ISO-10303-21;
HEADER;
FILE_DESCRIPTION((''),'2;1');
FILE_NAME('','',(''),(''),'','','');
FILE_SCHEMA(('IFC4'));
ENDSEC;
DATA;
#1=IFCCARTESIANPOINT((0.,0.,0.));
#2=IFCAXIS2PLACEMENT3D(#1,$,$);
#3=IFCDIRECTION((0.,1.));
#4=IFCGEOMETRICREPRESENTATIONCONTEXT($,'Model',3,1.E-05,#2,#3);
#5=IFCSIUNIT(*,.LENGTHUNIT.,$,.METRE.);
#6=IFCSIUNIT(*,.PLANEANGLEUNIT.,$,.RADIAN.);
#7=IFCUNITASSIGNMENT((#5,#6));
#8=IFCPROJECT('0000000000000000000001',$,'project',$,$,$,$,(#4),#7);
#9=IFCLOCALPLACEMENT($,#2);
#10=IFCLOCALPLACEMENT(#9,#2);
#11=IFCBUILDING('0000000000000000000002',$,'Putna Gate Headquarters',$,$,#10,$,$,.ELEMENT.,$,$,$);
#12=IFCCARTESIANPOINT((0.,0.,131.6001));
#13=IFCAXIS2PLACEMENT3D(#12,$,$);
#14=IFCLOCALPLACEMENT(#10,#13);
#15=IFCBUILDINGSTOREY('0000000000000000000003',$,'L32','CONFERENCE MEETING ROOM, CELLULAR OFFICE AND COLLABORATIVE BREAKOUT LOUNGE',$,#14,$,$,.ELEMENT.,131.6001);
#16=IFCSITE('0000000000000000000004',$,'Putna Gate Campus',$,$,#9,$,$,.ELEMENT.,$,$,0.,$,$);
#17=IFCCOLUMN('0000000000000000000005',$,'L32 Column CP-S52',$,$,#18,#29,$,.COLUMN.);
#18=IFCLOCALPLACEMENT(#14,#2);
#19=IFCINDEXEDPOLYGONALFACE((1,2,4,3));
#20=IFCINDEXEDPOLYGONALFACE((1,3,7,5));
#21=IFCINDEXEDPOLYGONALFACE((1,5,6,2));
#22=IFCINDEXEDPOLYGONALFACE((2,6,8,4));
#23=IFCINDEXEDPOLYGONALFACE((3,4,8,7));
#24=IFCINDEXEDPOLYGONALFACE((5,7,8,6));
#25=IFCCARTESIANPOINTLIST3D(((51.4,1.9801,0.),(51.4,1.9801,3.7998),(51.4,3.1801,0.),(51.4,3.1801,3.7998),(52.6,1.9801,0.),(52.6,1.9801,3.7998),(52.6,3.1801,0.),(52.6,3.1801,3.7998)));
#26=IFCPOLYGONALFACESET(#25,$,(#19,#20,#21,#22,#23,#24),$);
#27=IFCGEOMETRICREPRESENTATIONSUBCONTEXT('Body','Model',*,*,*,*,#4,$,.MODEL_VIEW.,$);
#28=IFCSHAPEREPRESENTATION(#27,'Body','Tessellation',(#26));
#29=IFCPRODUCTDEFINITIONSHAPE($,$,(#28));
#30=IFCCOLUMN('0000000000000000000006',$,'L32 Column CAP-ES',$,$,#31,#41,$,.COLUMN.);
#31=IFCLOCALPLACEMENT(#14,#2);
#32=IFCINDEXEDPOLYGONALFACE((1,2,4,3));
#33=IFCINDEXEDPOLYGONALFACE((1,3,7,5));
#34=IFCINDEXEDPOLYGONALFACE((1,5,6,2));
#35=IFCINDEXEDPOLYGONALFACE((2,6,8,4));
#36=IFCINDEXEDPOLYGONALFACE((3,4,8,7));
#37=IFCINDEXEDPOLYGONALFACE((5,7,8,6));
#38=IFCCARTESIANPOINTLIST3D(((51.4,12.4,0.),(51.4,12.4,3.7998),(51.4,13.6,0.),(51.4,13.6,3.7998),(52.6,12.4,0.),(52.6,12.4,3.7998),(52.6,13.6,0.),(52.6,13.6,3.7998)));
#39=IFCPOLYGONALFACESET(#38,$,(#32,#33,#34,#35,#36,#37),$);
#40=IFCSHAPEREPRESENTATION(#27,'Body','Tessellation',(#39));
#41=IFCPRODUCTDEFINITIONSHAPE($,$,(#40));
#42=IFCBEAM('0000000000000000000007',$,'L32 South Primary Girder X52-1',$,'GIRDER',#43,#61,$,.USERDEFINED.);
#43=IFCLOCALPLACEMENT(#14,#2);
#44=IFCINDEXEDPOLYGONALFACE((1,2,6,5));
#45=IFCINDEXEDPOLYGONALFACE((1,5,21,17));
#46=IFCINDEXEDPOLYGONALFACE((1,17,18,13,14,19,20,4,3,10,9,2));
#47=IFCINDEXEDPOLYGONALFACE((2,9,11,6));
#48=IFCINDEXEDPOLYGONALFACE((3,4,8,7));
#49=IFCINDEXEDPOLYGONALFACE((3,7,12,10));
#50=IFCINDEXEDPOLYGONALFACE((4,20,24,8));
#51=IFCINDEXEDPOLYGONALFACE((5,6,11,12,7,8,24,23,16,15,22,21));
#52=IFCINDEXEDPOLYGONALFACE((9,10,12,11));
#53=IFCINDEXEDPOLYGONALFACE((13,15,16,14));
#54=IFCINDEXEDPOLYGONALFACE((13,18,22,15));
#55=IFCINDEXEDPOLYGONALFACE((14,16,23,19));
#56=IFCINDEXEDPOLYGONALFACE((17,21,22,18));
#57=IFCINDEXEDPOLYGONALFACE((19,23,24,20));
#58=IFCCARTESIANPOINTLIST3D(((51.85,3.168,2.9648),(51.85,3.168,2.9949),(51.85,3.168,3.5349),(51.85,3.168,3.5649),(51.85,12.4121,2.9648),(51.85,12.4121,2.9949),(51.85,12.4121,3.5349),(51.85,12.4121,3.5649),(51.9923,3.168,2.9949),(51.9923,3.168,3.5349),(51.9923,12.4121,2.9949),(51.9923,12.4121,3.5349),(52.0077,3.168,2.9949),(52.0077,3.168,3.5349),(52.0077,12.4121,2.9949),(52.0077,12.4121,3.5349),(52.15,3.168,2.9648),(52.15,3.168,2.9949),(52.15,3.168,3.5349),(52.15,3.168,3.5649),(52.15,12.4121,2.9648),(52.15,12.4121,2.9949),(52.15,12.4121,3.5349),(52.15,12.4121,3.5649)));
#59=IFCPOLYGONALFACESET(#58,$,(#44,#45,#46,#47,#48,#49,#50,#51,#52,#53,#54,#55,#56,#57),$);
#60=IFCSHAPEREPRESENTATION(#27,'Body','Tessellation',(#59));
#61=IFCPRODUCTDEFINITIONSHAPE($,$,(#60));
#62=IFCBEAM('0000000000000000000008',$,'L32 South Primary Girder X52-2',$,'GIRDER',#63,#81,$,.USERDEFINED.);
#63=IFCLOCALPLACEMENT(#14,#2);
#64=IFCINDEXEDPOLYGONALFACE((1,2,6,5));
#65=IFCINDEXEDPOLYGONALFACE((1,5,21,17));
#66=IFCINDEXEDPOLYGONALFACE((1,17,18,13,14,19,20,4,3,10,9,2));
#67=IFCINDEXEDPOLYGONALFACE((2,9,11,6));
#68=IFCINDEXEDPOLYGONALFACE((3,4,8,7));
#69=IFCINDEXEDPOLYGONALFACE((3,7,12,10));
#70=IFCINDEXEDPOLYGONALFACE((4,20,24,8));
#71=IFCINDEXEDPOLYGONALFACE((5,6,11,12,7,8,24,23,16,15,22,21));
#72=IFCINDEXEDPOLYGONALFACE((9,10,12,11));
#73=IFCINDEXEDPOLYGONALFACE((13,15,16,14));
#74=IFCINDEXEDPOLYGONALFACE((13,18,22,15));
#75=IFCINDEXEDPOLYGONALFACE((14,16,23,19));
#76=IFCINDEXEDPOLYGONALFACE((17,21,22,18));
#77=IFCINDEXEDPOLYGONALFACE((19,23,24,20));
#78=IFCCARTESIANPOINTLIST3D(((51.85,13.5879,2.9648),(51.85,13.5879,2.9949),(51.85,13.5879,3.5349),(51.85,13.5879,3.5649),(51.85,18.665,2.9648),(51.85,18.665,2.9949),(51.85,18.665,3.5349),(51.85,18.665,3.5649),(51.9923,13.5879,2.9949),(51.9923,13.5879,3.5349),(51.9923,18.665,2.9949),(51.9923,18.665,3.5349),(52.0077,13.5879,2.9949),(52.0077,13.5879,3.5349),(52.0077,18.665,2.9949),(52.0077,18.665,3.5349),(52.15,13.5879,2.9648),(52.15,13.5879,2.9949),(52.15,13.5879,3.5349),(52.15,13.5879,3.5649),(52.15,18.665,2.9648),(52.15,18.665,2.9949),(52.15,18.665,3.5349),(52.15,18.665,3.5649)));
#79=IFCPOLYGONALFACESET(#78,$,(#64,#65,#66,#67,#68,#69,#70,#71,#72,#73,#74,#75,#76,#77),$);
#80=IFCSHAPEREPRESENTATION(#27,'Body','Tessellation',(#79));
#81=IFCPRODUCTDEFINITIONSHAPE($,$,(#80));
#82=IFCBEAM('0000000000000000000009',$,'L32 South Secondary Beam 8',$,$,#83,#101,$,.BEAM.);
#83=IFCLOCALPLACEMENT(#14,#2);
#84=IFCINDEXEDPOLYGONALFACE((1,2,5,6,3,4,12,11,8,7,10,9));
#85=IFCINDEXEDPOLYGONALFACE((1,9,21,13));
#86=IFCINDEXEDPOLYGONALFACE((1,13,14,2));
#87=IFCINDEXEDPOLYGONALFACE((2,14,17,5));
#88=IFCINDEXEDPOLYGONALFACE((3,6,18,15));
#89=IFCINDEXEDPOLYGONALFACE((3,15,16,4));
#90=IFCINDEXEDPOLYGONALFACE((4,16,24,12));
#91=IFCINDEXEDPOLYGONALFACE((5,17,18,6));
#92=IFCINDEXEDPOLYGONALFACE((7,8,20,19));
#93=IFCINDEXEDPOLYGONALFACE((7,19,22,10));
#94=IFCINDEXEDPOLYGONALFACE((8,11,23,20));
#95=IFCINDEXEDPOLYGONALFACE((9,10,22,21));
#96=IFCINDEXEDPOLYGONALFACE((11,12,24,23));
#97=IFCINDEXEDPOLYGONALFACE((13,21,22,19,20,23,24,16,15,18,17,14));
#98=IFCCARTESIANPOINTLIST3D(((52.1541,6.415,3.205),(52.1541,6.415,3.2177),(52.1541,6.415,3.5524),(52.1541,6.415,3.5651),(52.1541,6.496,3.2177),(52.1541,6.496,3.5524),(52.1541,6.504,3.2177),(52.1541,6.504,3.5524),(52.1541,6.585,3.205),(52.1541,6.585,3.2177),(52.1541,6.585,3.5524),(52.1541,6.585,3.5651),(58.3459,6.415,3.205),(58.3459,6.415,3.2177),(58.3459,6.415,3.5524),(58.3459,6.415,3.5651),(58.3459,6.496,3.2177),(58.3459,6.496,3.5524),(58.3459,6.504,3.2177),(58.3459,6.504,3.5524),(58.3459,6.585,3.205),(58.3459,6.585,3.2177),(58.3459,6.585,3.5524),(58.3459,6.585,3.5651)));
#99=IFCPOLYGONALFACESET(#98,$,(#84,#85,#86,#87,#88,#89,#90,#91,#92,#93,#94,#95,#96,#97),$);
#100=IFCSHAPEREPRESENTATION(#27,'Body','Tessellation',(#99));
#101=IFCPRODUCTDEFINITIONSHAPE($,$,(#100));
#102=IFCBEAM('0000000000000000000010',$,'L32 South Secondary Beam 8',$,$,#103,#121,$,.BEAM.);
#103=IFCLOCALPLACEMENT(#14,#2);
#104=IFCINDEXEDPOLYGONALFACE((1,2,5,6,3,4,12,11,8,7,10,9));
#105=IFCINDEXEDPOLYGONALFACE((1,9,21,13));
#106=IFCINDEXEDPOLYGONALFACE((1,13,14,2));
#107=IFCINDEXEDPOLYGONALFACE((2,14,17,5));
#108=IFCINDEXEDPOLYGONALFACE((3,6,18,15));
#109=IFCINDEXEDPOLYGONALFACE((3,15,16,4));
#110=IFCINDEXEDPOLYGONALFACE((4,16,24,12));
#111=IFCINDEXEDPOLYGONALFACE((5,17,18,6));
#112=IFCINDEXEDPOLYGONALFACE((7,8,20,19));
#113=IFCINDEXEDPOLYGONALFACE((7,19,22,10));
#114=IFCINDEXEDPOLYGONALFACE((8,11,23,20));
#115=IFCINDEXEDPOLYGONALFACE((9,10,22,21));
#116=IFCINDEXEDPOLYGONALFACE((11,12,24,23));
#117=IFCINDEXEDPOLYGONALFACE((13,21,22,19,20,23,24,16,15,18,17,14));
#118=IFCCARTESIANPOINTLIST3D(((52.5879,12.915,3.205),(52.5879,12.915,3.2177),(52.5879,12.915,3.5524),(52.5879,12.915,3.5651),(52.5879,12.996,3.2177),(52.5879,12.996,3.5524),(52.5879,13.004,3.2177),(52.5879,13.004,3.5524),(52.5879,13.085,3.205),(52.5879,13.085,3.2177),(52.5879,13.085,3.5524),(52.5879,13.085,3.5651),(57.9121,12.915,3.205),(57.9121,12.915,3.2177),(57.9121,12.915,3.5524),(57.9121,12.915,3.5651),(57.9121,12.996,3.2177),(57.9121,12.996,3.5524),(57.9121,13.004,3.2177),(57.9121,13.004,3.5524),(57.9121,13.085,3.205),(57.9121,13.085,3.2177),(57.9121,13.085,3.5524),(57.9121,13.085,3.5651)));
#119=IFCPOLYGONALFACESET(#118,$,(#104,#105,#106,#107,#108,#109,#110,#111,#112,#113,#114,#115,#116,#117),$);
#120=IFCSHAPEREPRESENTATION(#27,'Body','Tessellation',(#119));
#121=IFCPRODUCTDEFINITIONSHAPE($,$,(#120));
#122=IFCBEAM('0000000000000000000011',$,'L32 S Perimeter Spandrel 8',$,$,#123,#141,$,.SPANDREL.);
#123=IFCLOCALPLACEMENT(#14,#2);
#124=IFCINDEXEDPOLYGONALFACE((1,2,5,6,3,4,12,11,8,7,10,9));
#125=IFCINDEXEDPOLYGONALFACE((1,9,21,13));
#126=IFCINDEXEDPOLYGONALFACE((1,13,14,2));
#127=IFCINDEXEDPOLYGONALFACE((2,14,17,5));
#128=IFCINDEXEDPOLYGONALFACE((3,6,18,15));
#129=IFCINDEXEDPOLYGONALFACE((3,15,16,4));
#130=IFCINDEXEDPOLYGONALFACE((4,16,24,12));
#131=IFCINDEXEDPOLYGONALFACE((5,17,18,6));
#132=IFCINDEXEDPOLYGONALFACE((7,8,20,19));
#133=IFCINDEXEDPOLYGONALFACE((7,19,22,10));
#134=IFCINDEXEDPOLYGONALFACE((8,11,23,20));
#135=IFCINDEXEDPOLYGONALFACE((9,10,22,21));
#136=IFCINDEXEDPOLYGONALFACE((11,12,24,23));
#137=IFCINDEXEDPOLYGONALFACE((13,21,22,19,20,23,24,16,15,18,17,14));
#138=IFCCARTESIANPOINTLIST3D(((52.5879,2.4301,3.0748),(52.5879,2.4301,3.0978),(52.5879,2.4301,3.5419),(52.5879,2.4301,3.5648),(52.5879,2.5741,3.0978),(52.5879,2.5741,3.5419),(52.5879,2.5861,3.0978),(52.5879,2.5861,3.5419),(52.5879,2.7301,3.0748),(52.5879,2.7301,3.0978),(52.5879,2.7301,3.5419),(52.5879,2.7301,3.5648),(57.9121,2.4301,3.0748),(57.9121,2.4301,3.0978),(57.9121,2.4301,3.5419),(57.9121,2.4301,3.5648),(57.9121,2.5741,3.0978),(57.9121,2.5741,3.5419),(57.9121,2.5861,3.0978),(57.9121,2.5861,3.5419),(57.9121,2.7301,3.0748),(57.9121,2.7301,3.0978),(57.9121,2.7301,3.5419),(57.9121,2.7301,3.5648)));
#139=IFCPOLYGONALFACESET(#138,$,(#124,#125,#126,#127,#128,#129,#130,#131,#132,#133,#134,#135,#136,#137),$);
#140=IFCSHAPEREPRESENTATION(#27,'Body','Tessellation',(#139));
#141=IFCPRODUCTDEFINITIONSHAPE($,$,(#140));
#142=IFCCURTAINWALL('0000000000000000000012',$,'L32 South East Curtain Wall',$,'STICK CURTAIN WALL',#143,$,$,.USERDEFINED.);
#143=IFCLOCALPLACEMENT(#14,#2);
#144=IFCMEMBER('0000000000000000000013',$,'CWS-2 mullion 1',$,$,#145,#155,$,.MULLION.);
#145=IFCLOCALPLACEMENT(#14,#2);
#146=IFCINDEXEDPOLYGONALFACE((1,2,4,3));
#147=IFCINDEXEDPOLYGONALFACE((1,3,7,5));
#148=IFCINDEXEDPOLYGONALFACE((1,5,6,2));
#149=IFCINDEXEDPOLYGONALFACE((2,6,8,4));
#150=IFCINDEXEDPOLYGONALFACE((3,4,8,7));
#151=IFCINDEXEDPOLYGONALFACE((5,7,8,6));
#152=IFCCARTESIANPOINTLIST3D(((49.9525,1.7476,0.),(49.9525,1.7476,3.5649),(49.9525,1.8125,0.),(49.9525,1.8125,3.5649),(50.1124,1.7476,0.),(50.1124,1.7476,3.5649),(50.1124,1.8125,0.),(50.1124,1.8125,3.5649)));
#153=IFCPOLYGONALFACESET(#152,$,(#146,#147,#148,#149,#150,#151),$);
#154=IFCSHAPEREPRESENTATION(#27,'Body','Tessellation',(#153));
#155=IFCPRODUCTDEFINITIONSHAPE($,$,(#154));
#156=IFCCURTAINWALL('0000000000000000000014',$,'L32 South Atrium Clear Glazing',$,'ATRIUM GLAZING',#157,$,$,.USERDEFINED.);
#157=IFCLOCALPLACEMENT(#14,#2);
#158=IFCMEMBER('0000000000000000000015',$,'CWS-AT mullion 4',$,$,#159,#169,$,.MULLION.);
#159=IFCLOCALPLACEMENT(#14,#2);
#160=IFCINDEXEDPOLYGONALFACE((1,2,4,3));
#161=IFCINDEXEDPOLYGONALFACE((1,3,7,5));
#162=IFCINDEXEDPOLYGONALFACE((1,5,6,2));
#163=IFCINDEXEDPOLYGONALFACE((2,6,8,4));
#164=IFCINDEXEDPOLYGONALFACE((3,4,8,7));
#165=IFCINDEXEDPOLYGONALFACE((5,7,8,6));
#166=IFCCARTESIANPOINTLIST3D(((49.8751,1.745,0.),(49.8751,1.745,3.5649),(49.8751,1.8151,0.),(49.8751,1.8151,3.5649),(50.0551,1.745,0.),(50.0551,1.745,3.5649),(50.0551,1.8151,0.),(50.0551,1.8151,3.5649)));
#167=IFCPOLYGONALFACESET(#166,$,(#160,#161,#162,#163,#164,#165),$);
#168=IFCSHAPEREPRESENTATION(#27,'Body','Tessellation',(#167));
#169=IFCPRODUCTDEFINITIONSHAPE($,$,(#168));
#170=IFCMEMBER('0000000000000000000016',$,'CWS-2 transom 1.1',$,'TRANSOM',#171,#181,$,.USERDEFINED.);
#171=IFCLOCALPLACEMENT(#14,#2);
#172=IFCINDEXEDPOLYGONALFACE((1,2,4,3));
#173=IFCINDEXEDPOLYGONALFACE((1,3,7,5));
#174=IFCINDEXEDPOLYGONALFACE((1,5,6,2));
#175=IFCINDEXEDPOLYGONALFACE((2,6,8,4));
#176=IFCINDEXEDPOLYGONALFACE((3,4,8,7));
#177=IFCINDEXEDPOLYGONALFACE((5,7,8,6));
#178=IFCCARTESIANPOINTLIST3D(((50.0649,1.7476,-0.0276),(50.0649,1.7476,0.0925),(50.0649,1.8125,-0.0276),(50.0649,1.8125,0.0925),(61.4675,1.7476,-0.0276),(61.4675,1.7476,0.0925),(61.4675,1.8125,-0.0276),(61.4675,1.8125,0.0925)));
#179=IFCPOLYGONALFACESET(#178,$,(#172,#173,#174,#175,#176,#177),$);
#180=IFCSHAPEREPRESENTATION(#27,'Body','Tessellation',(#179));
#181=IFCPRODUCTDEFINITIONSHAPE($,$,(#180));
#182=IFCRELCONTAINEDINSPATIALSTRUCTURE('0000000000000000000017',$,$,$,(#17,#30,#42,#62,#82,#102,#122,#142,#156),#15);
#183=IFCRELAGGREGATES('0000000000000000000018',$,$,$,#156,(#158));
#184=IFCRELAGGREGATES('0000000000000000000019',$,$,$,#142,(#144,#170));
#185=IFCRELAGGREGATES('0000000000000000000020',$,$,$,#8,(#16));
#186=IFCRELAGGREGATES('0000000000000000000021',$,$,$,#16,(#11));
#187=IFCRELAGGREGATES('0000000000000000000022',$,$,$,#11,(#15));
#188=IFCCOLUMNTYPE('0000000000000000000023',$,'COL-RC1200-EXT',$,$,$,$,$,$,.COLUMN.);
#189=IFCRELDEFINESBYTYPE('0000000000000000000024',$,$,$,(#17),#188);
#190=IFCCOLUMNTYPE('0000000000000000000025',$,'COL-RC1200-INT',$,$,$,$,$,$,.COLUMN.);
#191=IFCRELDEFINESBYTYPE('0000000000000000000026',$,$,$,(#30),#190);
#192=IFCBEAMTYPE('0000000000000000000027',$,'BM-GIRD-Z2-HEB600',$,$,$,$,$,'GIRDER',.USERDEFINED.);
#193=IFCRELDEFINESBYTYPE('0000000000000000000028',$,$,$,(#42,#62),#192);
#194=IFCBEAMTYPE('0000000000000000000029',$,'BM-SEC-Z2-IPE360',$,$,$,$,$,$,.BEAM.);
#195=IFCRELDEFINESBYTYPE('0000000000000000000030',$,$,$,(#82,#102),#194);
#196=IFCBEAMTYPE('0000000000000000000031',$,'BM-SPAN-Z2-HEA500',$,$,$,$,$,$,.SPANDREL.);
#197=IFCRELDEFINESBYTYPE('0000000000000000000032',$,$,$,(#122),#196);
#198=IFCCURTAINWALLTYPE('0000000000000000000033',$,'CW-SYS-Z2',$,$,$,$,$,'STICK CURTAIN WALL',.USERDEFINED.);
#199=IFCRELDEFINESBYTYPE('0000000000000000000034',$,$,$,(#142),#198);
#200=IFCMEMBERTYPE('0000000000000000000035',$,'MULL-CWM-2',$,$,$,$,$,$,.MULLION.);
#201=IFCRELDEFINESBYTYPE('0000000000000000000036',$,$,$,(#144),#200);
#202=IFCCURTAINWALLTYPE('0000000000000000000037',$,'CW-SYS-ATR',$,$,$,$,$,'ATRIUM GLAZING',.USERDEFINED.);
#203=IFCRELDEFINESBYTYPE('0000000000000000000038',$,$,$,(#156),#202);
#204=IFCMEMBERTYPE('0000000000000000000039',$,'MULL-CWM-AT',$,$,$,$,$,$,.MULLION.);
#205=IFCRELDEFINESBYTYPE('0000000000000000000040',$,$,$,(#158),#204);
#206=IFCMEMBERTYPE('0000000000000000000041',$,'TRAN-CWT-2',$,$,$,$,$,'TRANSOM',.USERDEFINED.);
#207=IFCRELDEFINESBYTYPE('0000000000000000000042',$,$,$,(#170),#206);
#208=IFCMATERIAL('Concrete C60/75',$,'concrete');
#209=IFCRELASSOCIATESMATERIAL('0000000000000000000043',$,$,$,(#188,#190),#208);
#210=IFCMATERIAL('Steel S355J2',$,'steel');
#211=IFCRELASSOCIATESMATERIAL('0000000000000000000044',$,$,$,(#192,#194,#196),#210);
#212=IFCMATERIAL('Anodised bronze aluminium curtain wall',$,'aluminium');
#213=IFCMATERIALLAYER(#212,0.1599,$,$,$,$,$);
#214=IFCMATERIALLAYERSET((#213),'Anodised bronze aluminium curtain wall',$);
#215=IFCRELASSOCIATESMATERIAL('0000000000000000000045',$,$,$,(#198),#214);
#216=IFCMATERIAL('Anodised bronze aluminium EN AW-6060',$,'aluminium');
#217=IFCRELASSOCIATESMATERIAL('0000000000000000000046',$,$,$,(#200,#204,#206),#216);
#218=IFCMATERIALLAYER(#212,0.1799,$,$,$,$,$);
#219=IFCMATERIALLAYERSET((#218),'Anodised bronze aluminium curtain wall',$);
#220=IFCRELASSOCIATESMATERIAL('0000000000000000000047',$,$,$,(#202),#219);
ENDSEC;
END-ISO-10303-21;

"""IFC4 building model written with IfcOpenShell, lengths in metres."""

from ifc_helpers import new_model, si_unit, direction, frame, origin, origin_2d, place, context, subcontext, project, spatial, rectangle, i_section, extrude, material, layer, layer_set, material_profile, profile_set, type_object, element, aggregate, save


model = new_model("IFC4")

# Units and contexts
model_context = context("Model", 3, precision=1e-05, world=origin(), true_north=direction((0.0, 1.0)))
body_context = subcontext(model_context, "Body", "Model", "MODEL_VIEW")
ifc_project = project(units=[si_unit("LENGTHUNIT", "METRE"), si_unit("PLANEANGLEUNIT", "RADIAN")], contexts=[model_context])

# Site, building, storey
site_placement = place(None, origin())
site = spatial("IfcSite", under=ifc_project, at=site_placement, Name="Putna Gate Campus", CompositionType="ELEMENT", RefElevation=0.0)
building_placement = place(site_placement, origin())
building = spatial("IfcBuilding", under=site, at=building_placement, Name="Putna Gate Headquarters", CompositionType="ELEMENT")
storey_placement = place(building_placement, frame((0.0, 0.0, 131.6001)))
storey = spatial("IfcBuildingStorey", under=building, at=storey_placement, Name="L32", Description="CONFERENCE MEETING ROOM, CELLULAR OFFICE AND COLLABORATIVE BREAKOUT LOUNGE", CompositionType="ELEMENT", Elevation=131.6001)

# Columns
ifc_material_1 = material(Name="Concrete C60/75", Category="concrete")
ifc_material_profile_1 = material_profile(ifc_material_1, rectangle(XDim=1.2, YDim=1.2, at=origin_2d()), Name="Concrete C60/75")
ifc_profile_set_1 = profile_set([ifc_material_profile_1], Name="Concrete C60/75")
column_type_1 = type_object("IfcColumnType", Name="COL-RC1200-EXT", PredefinedType="COLUMN", material=ifc_profile_set_1)
column_1_placement = place(storey_placement, frame((52.0, 2.5801, 0.0), z_axis=(0.0, 0.0, 1.0), x_axis=(1.0, 0.0, 0.0)))
element("IfcColumn", 1, at=column_1_placement, inside=storey, type_object=column_type_1, Name="L32 Column CP-S52", PredefinedType="COLUMN", context=body_context, shape_type="SweptSolid", body=[
    extrude(rectangle(XDim=1.2, YDim=1.2, at=origin_2d()), origin(), (0.0, 0.0, 1.0), 3.7998),
])
ifc_material_profile_2 = material_profile(ifc_material_1, rectangle(XDim=1.2, YDim=1.2, at=origin_2d()), Name="Concrete C60/75")
ifc_profile_set_2 = profile_set([ifc_material_profile_2], Name="Concrete C60/75")
column_type_2 = type_object("IfcColumnType", Name="COL-RC1200-INT", PredefinedType="COLUMN", material=ifc_profile_set_2)
column_2_placement = place(storey_placement, frame((52.0, 13.0, 0.0), z_axis=(0.0, 0.0, 1.0), x_axis=(1.0, 0.0, 0.0)))
element("IfcColumn", 2, at=column_2_placement, inside=storey, type_object=column_type_2, Name="L32 Column CAP-ES", PredefinedType="COLUMN", context=body_context, shape_type="SweptSolid", body=[
    extrude(rectangle(XDim=1.2, YDim=1.2, at=origin_2d()), origin(), (0.0, 0.0, 1.0), 3.7998),
])

# Beams
ifc_material_2 = material(Name="Steel S355J2", Category="steel")
ifc_material_profile_3 = material_profile(ifc_material_2, i_section(OverallWidth=0.3, OverallDepth=0.6001, WebThickness=0.0154, FlangeThickness=0.03, at=origin_2d()), Name="Steel S355J2")
ifc_profile_set_3 = profile_set([ifc_material_profile_3], Name="Steel S355J2")
beam_type_1 = type_object("IfcBeamType", Name="BM-GIRD-Z2-HEB600", ElementType="GIRDER", PredefinedType="USERDEFINED", material=ifc_profile_set_3)
beam_1_placement = place(storey_placement, frame((52.0, 3.168, 3.2649), z_axis=(0.0, 1.0, 0.0), x_axis=(-1.0, 0.0, 0.0)))
element("IfcBeam", 3, at=beam_1_placement, inside=storey, type_object=beam_type_1, Name="L32 South Primary Girder X52-1", ObjectType="GIRDER", PredefinedType="USERDEFINED", context=body_context, shape_type="SweptSolid", body=[
    extrude(i_section(OverallWidth=0.3, OverallDepth=0.6001, WebThickness=0.0154, FlangeThickness=0.03, at=origin_2d()), origin(), (0.0, 0.0, 1.0), 9.2441),
])
beam_2_placement = place(storey_placement, frame((52.0, 13.5879, 3.2649), z_axis=(0.0, 1.0, 0.0), x_axis=(-1.0, 0.0, 0.0)))
element("IfcBeam", 4, at=beam_2_placement, inside=storey, type_object=beam_type_1, Name="L32 South Primary Girder X52-2", ObjectType="GIRDER", PredefinedType="USERDEFINED", context=body_context, shape_type="SweptSolid", body=[
    extrude(i_section(OverallWidth=0.3, OverallDepth=0.6001, WebThickness=0.0154, FlangeThickness=0.03, at=origin_2d()), origin(), (0.0, 0.0, 1.0), 5.0771),
])
ifc_material_profile_4 = material_profile(ifc_material_2, i_section(OverallWidth=0.1699, OverallDepth=0.3601, WebThickness=0.0081, FlangeThickness=0.0127, at=origin_2d()), Name="Steel S355J2")
ifc_profile_set_4 = profile_set([ifc_material_profile_4], Name="Steel S355J2")
beam_type_2 = type_object("IfcBeamType", Name="BM-SEC-Z2-IPE360", PredefinedType="BEAM", material=ifc_profile_set_4)
beam_3_placement = place(storey_placement, frame((52.1541, 6.5, 3.385), z_axis=(1.0, 0.0, 0.0), x_axis=(0.0, 1.0, 0.0)))
element("IfcBeam", 5, at=beam_3_placement, inside=storey, type_object=beam_type_2, Name="L32 South Secondary Beam 8", PredefinedType="BEAM", context=body_context, shape_type="SweptSolid", body=[
    extrude(i_section(OverallWidth=0.1699, OverallDepth=0.3601, WebThickness=0.0081, FlangeThickness=0.0127, at=origin_2d()), origin(), (0.0, 0.0, 1.0), 6.1919),
])
beam_4_placement = place(storey_placement, frame((52.5879, 13.0, 3.385), z_axis=(1.0, 0.0, 0.0), x_axis=(0.0, 1.0, 0.0)))
element("IfcBeam", 6, at=beam_4_placement, inside=storey, type_object=beam_type_2, Name="L32 South Secondary Beam 8", PredefinedType="BEAM", context=body_context, shape_type="SweptSolid", body=[
    extrude(i_section(OverallWidth=0.1699, OverallDepth=0.3601, WebThickness=0.0081, FlangeThickness=0.0127, at=origin_2d()), origin(), (0.0, 0.0, 1.0), 5.3242),
])
ifc_material_profile_5 = material_profile(ifc_material_2, i_section(OverallWidth=0.3, OverallDepth=0.49, WebThickness=0.012, FlangeThickness=0.0229, at=origin_2d()), Name="Steel S355J2")
ifc_profile_set_5 = profile_set([ifc_material_profile_5], Name="Steel S355J2")
beam_type_3 = type_object("IfcBeamType", Name="BM-SPAN-Z2-HEA500", PredefinedType="SPANDREL", material=ifc_profile_set_5)
beam_5_placement = place(storey_placement, frame((52.5879, 2.5801, 3.3198), z_axis=(1.0, 0.0, 0.0), x_axis=(0.0, 1.0, 0.0)))
element("IfcBeam", 7, at=beam_5_placement, inside=storey, type_object=beam_type_3, Name="L32 S Perimeter Spandrel 8", PredefinedType="SPANDREL", context=body_context, shape_type="SweptSolid", body=[
    extrude(i_section(OverallWidth=0.3, OverallDepth=0.49, WebThickness=0.012, FlangeThickness=0.0229, at=origin_2d()), origin(), (0.0, 0.0, 1.0), 5.3242),
])

# Curtain walls, members
ifc_material_3 = material(Name="Anodised bronze aluminium curtain wall", Category="aluminium")
ifc_layer_1 = layer(ifc_material_3, 0.1599)
ifc_layer_set_1 = layer_set([ifc_layer_1], Name="Anodised bronze aluminium curtain wall")
curtain_wall_type_1 = type_object("IfcCurtainWallType", Name="CW-SYS-Z2", ElementType="STICK CURTAIN WALL", PredefinedType="USERDEFINED", material=ifc_layer_set_1)
curtain_wall_1_placement = place(storey_placement, origin())
curtain_wall_1 = element("IfcCurtainWall", 8, at=curtain_wall_1_placement, inside=storey, type_object=curtain_wall_type_1, Name="L32 South East Curtain Wall", ObjectType="STICK CURTAIN WALL", PredefinedType="USERDEFINED")
ifc_material_4 = material(Name="Anodised bronze aluminium EN AW-6060", Category="aluminium")
ifc_material_profile_6 = material_profile(ifc_material_4, rectangle(XDim=0.0649, YDim=0.1599, at=origin_2d()), Name="Anodised bronze aluminium EN AW-6060")
ifc_profile_set_6 = profile_set([ifc_material_profile_6], Name="Anodised bronze aluminium EN AW-6060")
member_type_1 = type_object("IfcMemberType", Name="MULL-CWM-2", PredefinedType="MULLION", material=ifc_profile_set_6)
member_1_placement = place(storey_placement, frame((50.0325, 1.78, 0.0), z_axis=(0.0, 0.0, 1.0), x_axis=(0.0, 1.0, 0.0)))
member_1 = element("IfcMember", 9, at=member_1_placement, type_object=member_type_1, Name="CWS-2 mullion 1", PredefinedType="MULLION", context=body_context, shape_type="SweptSolid", body=[
    extrude(rectangle(XDim=0.0649, YDim=0.1599, at=origin_2d()), origin(), (0.0, 0.0, 1.0), 3.5649),
])
ifc_layer_2 = layer(ifc_material_3, 0.1799)
ifc_layer_set_2 = layer_set([ifc_layer_2], Name="Anodised bronze aluminium curtain wall")
curtain_wall_type_2 = type_object("IfcCurtainWallType", Name="CW-SYS-ATR", ElementType="ATRIUM GLAZING", PredefinedType="USERDEFINED", material=ifc_layer_set_2)
curtain_wall_2_placement = place(storey_placement, origin())
curtain_wall_2 = element("IfcCurtainWall", 10, at=curtain_wall_2_placement, inside=storey, type_object=curtain_wall_type_2, Name="L32 South Atrium Clear Glazing", ObjectType="ATRIUM GLAZING", PredefinedType="USERDEFINED")
ifc_material_profile_7 = material_profile(ifc_material_4, rectangle(XDim=0.0701, YDim=0.1799, at=origin_2d()), Name="Anodised bronze aluminium EN AW-6060")
ifc_profile_set_7 = profile_set([ifc_material_profile_7], Name="Anodised bronze aluminium EN AW-6060")
member_type_2 = type_object("IfcMemberType", Name="MULL-CWM-AT", PredefinedType="MULLION", material=ifc_profile_set_7)
member_2_placement = place(storey_placement, frame((49.9651, 1.78, 0.0), z_axis=(0.0, 0.0, 1.0), x_axis=(0.0, 1.0, 0.0)))
member_2 = element("IfcMember", 11, at=member_2_placement, type_object=member_type_2, Name="CWS-AT mullion 4", PredefinedType="MULLION", context=body_context, shape_type="SweptSolid", body=[
    extrude(rectangle(XDim=0.0701, YDim=0.1799, at=origin_2d()), origin(), (0.0, 0.0, 1.0), 3.5649),
])
aggregate(curtain_wall_2, [member_2])

# Member
ifc_material_profile_8 = material_profile(ifc_material_4, rectangle(XDim=0.0649, YDim=0.1201, at=origin_2d()), Name="Anodised bronze aluminium EN AW-6060")
ifc_profile_set_8 = profile_set([ifc_material_profile_8], Name="Anodised bronze aluminium EN AW-6060")
member_type_3 = type_object("IfcMemberType", Name="TRAN-CWT-2", ElementType="TRANSOM", PredefinedType="USERDEFINED", material=ifc_profile_set_8)
member_3_placement = place(storey_placement, frame((50.0649, 1.78, 0.0325), z_axis=(1.0, 0.0, 0.0), x_axis=(0.0, 1.0, 0.0)))
member_3 = element("IfcMember", 12, at=member_3_placement, type_object=member_type_3, Name="CWS-2 transom 1.1", ObjectType="TRANSOM", PredefinedType="USERDEFINED", context=body_context, shape_type="SweptSolid", body=[
    extrude(rectangle(XDim=0.0649, YDim=0.1201, at=origin_2d()), origin(), (0.0, 0.0, 1.0), 11.4026),
])

aggregate(curtain_wall_1, [member_1, member_3])

save(model, "model.ifc")
